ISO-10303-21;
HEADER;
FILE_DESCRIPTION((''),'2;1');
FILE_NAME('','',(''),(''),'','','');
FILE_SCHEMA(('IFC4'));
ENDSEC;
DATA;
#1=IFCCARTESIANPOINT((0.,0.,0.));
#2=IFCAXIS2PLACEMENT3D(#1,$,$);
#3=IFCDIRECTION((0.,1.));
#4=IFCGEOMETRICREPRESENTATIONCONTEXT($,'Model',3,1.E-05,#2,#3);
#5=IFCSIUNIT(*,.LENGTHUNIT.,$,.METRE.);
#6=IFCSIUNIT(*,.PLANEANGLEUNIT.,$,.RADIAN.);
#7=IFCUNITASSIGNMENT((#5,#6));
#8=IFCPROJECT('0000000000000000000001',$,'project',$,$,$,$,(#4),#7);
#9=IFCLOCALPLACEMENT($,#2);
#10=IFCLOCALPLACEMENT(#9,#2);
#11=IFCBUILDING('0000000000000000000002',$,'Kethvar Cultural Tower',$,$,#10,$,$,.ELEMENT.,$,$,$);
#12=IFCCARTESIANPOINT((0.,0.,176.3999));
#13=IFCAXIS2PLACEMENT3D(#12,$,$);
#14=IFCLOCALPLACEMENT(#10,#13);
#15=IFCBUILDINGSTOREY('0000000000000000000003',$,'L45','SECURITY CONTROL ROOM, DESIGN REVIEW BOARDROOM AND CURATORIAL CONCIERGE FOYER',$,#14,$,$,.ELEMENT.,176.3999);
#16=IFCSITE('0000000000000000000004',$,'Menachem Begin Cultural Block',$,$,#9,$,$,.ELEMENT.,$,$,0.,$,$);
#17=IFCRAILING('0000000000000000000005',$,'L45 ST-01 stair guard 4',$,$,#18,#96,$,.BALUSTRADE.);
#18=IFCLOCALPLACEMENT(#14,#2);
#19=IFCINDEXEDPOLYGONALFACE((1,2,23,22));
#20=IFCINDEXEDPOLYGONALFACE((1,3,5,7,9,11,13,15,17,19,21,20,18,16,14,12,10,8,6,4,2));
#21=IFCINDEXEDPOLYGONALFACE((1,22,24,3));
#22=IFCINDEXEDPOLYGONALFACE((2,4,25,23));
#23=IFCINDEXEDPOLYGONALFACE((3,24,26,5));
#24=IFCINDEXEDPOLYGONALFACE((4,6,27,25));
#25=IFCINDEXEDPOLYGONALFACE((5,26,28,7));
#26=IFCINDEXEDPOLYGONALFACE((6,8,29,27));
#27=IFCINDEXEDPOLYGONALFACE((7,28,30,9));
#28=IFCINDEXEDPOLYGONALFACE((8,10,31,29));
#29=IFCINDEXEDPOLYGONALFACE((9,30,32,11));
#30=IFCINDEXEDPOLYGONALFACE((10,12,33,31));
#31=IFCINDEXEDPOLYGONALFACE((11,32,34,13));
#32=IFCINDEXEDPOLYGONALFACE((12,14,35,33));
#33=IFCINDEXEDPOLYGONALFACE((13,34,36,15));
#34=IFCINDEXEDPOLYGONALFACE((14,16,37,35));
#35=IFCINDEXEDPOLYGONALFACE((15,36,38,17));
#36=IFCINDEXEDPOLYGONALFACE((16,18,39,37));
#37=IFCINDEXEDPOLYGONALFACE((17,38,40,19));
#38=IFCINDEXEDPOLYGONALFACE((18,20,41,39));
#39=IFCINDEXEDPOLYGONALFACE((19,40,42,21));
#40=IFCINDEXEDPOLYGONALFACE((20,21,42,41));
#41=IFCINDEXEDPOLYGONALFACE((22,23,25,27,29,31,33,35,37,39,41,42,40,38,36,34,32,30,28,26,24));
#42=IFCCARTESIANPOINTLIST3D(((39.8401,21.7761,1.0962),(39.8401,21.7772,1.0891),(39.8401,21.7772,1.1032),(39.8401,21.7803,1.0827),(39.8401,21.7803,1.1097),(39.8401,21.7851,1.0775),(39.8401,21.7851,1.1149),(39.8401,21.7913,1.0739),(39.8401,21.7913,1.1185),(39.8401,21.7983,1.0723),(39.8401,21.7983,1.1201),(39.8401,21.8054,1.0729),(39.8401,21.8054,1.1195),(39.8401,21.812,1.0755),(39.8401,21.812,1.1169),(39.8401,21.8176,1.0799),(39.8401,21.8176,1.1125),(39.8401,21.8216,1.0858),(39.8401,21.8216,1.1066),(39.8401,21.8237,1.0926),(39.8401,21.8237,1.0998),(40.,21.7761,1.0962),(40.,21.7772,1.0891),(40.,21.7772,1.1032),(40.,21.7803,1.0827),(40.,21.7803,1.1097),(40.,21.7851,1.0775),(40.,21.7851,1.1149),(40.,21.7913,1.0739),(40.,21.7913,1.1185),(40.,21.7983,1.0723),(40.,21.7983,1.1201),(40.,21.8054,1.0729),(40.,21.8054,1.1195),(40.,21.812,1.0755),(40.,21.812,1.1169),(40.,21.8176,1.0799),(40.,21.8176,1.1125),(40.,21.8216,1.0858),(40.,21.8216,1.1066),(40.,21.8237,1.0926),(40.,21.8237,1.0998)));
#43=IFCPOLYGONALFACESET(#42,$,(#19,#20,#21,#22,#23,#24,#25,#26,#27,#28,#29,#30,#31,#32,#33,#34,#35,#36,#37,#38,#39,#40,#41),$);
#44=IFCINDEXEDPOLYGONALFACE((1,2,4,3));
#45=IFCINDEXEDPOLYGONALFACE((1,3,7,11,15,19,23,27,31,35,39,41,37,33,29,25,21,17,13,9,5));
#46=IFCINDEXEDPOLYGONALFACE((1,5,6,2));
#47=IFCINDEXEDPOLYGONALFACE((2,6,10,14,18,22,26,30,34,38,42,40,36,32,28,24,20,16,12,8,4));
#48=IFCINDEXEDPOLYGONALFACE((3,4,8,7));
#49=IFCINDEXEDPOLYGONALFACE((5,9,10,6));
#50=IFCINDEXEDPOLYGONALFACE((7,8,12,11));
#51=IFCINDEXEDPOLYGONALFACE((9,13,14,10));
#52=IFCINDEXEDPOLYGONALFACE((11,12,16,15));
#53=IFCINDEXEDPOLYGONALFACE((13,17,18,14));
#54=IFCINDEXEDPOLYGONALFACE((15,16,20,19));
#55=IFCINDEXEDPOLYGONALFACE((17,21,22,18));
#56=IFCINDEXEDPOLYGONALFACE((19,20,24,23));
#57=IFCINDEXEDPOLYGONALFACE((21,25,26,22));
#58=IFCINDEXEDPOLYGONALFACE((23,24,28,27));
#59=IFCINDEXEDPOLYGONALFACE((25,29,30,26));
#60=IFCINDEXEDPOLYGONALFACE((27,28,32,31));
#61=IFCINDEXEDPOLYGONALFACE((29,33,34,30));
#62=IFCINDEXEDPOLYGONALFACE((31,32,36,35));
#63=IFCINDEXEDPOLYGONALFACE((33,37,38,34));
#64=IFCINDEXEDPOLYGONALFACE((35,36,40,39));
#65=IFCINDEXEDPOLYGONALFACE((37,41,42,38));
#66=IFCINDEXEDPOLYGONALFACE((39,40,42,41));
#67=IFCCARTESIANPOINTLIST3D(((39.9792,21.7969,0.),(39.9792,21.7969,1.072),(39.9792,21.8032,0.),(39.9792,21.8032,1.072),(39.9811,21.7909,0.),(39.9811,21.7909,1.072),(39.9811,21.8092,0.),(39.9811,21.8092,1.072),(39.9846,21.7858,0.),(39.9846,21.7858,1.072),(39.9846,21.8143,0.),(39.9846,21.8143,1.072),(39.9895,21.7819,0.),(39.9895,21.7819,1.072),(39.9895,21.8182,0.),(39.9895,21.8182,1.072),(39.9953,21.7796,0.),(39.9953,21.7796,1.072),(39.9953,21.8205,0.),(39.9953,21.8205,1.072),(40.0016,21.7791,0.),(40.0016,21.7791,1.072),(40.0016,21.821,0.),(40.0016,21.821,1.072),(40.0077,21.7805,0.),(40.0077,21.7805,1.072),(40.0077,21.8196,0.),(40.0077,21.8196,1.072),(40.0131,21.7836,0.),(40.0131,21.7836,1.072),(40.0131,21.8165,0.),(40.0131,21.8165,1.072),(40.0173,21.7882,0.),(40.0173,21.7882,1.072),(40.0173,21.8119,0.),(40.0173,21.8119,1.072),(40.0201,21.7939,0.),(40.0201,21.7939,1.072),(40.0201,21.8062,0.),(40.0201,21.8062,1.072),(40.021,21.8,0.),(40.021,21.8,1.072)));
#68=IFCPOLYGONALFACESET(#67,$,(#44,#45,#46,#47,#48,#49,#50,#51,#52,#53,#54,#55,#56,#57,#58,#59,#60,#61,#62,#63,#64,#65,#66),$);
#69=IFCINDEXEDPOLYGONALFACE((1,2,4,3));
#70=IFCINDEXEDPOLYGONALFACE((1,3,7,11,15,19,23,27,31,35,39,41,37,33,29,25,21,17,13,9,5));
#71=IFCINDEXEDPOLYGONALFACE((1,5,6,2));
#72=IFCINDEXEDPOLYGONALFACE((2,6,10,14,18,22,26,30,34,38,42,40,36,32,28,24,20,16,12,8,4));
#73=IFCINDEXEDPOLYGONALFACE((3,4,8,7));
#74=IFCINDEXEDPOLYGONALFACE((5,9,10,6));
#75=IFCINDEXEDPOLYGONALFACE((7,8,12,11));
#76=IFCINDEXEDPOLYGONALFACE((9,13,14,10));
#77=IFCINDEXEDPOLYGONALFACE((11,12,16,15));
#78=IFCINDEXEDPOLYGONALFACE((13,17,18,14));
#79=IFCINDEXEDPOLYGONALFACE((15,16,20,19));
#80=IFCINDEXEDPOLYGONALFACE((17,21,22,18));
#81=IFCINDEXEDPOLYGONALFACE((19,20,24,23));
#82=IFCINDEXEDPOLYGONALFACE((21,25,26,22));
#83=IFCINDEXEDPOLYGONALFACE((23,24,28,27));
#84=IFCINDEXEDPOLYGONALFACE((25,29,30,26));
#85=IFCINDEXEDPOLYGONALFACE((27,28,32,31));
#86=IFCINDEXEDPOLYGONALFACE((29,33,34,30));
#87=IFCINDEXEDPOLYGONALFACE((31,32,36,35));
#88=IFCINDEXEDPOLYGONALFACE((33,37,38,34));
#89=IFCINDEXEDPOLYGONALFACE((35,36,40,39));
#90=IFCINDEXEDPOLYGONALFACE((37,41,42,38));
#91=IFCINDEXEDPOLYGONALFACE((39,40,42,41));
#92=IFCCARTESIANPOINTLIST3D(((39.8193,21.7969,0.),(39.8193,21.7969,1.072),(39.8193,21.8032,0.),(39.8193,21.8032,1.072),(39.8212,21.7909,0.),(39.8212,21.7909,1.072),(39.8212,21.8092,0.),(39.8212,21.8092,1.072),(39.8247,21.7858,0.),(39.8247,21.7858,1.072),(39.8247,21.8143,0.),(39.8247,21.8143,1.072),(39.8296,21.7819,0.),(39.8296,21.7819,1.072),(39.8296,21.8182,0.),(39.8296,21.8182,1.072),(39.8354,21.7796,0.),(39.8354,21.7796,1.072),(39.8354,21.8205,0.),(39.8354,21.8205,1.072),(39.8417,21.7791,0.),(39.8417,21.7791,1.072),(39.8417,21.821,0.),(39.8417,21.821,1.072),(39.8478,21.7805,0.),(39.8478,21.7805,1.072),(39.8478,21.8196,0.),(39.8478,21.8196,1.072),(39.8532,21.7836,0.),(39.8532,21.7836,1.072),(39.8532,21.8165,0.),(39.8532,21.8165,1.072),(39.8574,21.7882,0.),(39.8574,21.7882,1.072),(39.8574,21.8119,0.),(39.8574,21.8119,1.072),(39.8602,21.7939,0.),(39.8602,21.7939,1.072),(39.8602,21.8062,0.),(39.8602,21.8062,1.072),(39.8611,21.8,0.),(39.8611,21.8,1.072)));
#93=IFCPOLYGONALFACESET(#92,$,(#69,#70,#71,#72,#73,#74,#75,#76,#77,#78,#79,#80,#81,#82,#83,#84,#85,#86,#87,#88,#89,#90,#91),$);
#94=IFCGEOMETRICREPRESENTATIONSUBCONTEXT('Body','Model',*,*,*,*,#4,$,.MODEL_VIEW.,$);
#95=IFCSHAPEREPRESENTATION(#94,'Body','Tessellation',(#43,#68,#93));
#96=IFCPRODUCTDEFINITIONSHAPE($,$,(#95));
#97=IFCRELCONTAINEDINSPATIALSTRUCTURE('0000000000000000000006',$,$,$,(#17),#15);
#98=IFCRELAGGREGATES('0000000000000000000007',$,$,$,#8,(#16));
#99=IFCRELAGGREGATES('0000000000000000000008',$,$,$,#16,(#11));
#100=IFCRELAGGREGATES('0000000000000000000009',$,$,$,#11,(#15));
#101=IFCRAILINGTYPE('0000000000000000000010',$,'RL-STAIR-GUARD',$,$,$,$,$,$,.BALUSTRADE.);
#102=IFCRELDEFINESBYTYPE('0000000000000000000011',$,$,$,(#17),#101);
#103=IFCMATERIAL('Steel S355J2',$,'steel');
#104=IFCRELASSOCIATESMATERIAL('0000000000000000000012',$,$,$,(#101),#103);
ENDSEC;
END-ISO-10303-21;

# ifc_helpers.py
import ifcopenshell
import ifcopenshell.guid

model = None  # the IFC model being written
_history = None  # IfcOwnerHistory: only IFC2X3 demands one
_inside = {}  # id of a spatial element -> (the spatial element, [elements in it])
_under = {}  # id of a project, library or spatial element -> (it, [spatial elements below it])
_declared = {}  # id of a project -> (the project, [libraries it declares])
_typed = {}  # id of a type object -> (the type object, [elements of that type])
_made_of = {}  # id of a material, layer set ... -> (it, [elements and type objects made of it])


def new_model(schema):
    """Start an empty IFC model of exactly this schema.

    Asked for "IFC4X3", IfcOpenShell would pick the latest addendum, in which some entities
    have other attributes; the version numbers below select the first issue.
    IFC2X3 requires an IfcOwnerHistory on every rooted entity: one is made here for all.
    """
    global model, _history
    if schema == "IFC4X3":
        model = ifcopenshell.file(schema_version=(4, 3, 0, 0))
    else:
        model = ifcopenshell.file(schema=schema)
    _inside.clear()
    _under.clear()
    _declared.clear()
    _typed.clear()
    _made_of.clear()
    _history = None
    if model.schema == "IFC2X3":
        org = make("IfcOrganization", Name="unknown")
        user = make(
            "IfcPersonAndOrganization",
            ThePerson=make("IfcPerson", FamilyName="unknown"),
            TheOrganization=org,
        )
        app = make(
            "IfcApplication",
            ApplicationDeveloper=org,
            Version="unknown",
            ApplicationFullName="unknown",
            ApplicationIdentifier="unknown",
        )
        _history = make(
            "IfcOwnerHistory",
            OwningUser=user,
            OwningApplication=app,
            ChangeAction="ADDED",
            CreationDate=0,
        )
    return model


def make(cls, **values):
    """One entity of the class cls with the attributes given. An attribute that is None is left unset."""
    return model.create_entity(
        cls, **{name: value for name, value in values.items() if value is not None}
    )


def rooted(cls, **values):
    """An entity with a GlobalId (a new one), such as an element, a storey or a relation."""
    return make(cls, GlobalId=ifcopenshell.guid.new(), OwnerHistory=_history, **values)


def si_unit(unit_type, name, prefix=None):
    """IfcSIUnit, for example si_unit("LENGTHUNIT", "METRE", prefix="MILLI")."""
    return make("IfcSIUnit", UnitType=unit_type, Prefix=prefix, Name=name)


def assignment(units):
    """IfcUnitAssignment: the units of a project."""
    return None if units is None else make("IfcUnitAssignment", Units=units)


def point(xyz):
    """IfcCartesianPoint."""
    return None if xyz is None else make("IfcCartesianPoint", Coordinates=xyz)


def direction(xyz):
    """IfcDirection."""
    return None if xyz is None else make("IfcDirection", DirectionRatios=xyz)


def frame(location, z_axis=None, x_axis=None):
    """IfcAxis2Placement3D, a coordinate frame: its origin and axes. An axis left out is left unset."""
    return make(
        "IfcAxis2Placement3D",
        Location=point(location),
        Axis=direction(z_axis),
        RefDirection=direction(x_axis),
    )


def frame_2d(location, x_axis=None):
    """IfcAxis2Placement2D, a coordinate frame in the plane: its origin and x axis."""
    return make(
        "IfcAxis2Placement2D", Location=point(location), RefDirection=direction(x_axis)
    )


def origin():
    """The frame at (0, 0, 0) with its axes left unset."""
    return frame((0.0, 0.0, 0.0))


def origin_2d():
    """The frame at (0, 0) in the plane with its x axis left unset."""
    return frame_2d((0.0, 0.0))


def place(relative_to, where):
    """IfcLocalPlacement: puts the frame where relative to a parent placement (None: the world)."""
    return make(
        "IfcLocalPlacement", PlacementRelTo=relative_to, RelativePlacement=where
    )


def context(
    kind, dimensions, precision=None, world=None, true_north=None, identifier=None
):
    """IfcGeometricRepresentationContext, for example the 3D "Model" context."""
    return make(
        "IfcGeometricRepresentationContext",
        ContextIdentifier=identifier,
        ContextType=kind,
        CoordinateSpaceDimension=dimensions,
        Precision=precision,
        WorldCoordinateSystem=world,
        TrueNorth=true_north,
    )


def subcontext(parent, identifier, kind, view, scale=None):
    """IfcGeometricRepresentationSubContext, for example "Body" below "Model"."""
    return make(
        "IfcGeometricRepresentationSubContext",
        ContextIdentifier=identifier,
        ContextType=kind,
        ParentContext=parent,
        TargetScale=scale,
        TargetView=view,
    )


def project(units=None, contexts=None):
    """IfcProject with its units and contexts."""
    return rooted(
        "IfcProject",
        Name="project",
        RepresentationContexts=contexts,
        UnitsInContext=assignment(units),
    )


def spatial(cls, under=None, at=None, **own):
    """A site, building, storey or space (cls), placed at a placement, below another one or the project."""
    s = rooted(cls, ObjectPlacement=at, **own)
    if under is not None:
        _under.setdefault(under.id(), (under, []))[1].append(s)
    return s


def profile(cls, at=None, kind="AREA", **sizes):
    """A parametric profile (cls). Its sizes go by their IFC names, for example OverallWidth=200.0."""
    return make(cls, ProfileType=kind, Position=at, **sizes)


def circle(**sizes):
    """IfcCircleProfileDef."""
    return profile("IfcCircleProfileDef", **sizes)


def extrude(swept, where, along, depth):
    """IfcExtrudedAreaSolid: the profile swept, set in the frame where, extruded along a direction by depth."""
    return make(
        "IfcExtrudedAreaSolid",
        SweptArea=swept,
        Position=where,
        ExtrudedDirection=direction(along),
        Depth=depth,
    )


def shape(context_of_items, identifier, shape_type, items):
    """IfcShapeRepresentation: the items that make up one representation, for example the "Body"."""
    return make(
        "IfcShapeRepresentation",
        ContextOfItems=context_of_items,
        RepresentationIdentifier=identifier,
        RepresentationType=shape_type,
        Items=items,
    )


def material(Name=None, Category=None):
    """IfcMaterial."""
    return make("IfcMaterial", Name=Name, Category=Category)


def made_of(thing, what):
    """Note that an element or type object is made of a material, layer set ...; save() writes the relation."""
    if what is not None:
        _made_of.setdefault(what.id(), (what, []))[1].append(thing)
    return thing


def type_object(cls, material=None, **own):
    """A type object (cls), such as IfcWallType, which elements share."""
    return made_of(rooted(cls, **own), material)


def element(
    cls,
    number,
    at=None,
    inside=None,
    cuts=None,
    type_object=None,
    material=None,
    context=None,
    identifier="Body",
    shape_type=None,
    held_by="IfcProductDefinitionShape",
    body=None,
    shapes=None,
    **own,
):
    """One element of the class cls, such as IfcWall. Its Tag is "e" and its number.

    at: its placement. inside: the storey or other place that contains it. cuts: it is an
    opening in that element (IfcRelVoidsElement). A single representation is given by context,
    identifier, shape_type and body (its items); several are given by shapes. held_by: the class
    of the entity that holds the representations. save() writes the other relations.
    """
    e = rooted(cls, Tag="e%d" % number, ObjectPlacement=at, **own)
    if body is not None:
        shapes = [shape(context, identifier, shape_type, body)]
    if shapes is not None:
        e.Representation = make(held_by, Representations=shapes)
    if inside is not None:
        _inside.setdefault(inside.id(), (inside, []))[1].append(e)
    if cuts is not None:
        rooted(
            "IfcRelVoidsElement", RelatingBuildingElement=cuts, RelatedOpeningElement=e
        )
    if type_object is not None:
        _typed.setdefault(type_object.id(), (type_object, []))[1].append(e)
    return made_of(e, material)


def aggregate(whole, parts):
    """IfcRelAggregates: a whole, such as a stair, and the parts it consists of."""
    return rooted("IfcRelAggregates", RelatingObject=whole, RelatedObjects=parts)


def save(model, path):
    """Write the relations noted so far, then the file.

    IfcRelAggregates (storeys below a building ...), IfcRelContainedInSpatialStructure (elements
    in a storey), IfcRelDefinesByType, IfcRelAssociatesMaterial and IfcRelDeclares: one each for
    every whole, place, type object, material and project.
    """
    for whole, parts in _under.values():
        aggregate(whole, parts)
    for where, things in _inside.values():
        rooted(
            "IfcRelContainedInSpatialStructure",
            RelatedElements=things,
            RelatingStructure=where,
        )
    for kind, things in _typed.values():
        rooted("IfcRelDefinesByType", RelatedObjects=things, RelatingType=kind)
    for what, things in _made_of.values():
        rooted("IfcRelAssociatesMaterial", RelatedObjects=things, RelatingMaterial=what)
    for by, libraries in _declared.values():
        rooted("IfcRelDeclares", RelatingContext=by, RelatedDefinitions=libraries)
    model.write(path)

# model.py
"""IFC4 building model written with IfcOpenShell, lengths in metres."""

from ifc_helpers import new_model, si_unit, direction, frame, origin, origin_2d, place, context, subcontext, project, spatial, circle, extrude, material, type_object, element, save


model = new_model("IFC4")

# Units and contexts
model_context = context("Model", 3, precision=1e-05, world=origin(), true_north=direction((0.0, 1.0)))
body_context = subcontext(model_context, "Body", "Model", "MODEL_VIEW")
ifc_project = project(units=[si_unit("LENGTHUNIT", "METRE"), si_unit("PLANEANGLEUNIT", "RADIAN")], contexts=[model_context])

# Site, building, storey
site_placement = place(None, origin())
site = spatial("IfcSite", under=ifc_project, at=site_placement, Name="Menachem Begin Cultural Block", CompositionType="ELEMENT", RefElevation=0.0)
building_placement = place(site_placement, origin())
building = spatial("IfcBuilding", under=site, at=building_placement, Name="Kethvar Cultural Tower", CompositionType="ELEMENT")
storey_placement = place(building_placement, frame((0.0, 0.0, 176.3999)))
storey = spatial("IfcBuildingStorey", under=building, at=storey_placement, Name="L45", Description="SECURITY CONTROL ROOM, DESIGN REVIEW BOARDROOM AND CURATORIAL CONCIERGE FOYER", CompositionType="ELEMENT", Elevation=176.3999)

# Shared definitions
ifc_material_1 = material(Name="Steel S355J2", Category="steel")

# Railing
railing_type_1 = type_object("IfcRailingType", Name="RL-STAIR-GUARD", PredefinedType="BALUSTRADE", material=ifc_material_1)
railing_1_placement = place(storey_placement, frame((40.0, 21.8, 0.0)))
element("IfcRailing", 1, at=railing_1_placement, inside=storey, type_object=railing_type_1, Name="L45 ST-01 stair guard 4", PredefinedType="BALUSTRADE", context=body_context, shape_type="SweptSolid", body=[
    extrude(circle(Radius=0.0239, at=origin_2d()), frame((0.0, 0.0, 1.0962), z_axis=(-1.0, 0.0, 0.0), x_axis=(0.0, -1.0, 0.0)), (0.0, 0.0, 1.0), 0.1599),
    extrude(circle(Radius=0.021, at=origin_2d()), origin(), (0.0, 0.0, 1.0), 1.072),
    extrude(circle(Radius=0.021, at=origin_2d()), frame((-0.1599, 0.0, 0.0)), (0.0, 0.0, 1.0), 1.072),
])

save(model, "model.ifc")
